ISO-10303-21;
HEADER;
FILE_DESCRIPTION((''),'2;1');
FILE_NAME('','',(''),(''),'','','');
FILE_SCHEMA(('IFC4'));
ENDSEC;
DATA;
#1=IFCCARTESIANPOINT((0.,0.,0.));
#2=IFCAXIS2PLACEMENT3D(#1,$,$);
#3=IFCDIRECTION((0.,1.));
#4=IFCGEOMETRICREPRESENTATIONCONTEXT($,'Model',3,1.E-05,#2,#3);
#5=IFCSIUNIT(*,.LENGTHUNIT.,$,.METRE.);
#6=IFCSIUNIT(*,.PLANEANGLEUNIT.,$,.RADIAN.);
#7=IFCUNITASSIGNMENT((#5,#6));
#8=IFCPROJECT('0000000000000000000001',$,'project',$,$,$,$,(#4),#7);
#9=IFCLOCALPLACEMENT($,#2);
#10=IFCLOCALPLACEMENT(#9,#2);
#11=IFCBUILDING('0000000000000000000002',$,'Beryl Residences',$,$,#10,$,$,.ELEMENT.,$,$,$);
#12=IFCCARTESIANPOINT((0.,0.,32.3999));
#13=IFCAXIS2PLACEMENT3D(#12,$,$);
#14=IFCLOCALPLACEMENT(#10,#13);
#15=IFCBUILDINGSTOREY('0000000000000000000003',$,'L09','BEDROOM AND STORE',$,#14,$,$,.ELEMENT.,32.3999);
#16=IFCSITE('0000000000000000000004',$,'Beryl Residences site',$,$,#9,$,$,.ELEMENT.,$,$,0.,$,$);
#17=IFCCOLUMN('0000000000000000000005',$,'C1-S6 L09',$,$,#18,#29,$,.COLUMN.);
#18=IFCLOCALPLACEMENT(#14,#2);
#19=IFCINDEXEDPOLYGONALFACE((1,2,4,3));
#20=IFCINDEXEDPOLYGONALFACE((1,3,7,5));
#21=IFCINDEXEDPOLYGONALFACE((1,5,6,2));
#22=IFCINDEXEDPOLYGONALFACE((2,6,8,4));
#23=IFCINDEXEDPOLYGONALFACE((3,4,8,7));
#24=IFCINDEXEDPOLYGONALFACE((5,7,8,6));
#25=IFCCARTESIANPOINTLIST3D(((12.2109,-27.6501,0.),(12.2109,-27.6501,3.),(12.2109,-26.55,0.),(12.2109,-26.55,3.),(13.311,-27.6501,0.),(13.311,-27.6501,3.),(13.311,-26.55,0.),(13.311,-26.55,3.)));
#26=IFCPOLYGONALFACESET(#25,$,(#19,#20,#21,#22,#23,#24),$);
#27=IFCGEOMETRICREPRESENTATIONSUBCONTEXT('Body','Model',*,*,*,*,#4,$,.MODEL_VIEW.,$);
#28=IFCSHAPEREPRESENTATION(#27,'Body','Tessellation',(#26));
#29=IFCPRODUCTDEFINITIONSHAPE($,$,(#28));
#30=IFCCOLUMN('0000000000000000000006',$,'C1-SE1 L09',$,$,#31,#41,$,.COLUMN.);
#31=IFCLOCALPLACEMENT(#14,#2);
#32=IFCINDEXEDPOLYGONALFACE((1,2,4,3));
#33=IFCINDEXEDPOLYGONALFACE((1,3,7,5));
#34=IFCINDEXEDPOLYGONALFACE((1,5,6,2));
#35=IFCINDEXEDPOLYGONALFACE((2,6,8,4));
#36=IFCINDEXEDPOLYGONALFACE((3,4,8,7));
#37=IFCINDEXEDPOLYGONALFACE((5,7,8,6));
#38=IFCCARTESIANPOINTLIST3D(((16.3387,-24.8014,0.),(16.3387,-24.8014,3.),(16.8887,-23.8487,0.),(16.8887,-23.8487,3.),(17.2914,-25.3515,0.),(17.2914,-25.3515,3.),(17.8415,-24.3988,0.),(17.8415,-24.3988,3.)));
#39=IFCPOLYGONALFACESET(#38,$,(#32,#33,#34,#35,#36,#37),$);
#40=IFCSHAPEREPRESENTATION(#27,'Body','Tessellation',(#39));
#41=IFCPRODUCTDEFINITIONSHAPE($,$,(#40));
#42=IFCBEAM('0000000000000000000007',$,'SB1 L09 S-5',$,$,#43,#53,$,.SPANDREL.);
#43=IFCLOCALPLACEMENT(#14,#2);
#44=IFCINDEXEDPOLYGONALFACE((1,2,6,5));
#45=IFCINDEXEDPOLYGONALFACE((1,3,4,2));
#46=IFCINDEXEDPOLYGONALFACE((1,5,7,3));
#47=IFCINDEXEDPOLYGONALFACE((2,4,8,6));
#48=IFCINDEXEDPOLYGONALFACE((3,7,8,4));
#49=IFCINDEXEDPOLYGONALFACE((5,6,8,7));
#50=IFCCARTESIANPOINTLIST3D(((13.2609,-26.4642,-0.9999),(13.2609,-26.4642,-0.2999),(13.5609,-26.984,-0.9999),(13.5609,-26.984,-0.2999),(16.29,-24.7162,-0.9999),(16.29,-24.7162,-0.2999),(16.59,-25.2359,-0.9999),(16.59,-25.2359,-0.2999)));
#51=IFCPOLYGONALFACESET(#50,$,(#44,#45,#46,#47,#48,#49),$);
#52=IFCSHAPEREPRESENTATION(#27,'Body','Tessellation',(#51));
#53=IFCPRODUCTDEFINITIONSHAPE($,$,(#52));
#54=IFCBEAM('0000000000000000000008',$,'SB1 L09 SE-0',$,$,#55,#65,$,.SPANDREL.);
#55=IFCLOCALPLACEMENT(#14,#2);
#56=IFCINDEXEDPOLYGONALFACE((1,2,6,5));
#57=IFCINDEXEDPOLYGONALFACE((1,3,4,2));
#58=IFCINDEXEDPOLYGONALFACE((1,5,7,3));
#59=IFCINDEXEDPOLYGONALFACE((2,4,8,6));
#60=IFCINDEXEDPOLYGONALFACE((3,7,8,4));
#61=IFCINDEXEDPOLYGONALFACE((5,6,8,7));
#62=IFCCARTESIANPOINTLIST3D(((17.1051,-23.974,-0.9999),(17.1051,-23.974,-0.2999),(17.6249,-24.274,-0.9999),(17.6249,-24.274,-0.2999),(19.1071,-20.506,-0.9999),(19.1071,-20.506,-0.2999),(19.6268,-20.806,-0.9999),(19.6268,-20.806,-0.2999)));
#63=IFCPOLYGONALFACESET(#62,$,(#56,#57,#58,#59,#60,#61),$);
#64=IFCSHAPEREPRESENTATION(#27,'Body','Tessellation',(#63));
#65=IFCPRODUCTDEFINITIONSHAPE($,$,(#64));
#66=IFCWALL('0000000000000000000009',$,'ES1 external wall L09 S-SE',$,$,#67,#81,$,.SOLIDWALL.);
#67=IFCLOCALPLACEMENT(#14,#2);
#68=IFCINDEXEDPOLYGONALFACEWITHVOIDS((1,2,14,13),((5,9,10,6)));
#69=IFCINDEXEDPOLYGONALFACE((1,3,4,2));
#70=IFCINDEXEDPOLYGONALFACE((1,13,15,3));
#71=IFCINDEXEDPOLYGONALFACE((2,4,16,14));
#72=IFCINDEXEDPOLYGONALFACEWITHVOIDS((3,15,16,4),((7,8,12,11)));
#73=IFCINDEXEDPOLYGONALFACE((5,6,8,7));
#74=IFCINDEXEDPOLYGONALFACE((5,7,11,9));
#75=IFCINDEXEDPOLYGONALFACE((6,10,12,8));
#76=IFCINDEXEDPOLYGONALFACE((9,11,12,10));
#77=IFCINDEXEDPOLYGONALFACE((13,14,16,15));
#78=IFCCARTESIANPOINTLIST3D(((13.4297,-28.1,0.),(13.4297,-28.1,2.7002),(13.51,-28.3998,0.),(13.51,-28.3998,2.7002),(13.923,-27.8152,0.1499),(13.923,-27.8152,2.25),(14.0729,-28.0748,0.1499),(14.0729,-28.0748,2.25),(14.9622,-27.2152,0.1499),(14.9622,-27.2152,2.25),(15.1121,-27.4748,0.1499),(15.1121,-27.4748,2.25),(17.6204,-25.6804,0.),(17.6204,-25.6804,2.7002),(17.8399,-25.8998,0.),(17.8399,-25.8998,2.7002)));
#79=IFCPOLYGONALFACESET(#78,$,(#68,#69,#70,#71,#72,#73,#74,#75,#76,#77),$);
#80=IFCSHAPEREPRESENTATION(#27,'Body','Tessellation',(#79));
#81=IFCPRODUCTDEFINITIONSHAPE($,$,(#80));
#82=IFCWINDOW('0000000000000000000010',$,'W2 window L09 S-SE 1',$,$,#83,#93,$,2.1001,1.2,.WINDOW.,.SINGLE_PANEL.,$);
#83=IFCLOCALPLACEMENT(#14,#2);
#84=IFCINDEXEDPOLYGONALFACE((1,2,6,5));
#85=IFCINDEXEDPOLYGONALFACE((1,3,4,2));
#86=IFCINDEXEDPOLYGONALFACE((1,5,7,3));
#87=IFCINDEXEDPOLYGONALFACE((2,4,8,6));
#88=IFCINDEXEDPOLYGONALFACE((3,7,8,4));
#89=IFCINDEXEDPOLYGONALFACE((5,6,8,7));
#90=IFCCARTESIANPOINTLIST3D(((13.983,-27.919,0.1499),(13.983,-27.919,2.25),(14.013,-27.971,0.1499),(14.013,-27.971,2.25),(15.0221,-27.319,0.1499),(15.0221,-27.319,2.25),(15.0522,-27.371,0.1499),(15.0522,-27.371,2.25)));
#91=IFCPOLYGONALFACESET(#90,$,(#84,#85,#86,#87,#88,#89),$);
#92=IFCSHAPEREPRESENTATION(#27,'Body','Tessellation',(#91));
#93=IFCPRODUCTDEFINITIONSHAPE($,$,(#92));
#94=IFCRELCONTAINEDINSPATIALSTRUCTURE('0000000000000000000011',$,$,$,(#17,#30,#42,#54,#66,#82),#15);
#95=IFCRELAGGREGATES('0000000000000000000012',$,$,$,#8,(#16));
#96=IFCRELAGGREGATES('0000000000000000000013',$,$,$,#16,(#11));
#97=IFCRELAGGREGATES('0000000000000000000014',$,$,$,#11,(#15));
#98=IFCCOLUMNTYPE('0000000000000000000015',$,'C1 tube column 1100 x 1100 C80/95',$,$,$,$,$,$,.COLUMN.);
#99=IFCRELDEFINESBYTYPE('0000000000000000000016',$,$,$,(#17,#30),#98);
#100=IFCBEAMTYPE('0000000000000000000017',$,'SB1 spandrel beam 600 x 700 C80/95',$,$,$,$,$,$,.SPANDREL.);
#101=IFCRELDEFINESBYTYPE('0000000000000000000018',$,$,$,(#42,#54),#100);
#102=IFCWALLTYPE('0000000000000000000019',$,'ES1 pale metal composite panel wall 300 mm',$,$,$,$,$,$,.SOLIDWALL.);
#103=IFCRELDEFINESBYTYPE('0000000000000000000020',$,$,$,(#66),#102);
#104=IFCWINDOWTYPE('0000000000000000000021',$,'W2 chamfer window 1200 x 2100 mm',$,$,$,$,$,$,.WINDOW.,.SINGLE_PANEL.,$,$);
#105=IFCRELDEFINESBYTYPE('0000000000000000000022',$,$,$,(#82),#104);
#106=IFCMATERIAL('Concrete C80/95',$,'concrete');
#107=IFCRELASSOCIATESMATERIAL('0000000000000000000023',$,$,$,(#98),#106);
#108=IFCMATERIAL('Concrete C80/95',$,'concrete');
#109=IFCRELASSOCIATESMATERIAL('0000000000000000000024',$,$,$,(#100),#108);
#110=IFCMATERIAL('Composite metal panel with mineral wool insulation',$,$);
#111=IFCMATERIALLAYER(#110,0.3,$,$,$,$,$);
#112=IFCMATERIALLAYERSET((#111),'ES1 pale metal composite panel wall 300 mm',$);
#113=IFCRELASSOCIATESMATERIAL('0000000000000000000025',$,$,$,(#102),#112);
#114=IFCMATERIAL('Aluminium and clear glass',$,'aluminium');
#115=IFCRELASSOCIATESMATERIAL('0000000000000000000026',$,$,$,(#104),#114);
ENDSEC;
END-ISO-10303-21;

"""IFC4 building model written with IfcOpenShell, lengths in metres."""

from ifc_helpers import new_model, si_unit, direction, frame, frame_2d, origin, origin_2d, place, context, subcontext, project, spatial, polyline, rectangle, outline, extrude, material, layer, layer_set, material_profile, profile_set, type_object, element, fill, save


model = new_model("IFC4")

# Units and contexts
model_context = context("Model", 3, precision=1e-05, world=origin(), true_north=direction((0.0, 1.0)))
body_context = subcontext(model_context, "Body", "Model", "MODEL_VIEW")
ifc_project = project(units=[si_unit("LENGTHUNIT", "METRE"), si_unit("PLANEANGLEUNIT", "RADIAN")], contexts=[model_context])

# Site, building, storey
site_placement = place(None, origin())
site = spatial("IfcSite", under=ifc_project, at=site_placement, Name="Beryl Residences site", CompositionType="ELEMENT", RefElevation=0.0)
building_placement = place(site_placement, origin())
building = spatial("IfcBuilding", under=site, at=building_placement, Name="Beryl Residences", CompositionType="ELEMENT")
storey_placement = place(building_placement, frame((0.0, 0.0, 32.3999)))
storey = spatial("IfcBuildingStorey", under=building, at=storey_placement, Name="L09", Description="BEDROOM AND STORE", CompositionType="ELEMENT", Elevation=32.3999)

# Columns
ifc_material_1 = material(Name="Concrete C80/95", Category="concrete")
ifc_material_profile_1 = material_profile(ifc_material_1, rectangle(XDim=1.1001, YDim=1.1001, at=origin_2d()))
ifc_profile_set_1 = profile_set([ifc_material_profile_1], Name="Concrete C80/95")
column_type = type_object("IfcColumnType", Name="C1 tube column 1100 x 1100 C80/95", PredefinedType="COLUMN", material=ifc_profile_set_1)
for number, where, z_axis, x_axis, name in (
    (1, (12.761, -27.1001, 0.0), (0.0, 0.0, 1.0), (1.0, 0.0, 0.0), "C1-S6 L09"),
    (2, (17.0901, -24.6001, 0.0), (0.0, 0.0, 1.0), (0.499985, 0.866034, 0.0), "C1-SE1 L09"),
):
    element("IfcColumn", number, at=place(storey_placement, frame(where, z_axis=z_axis, x_axis=x_axis)), inside=storey, type_object=column_type, Name=name, PredefinedType="COLUMN", context=body_context, shape_type="SweptSolid", body=[
        extrude(rectangle(XDim=1.1001, YDim=1.1001, at=origin_2d()), origin(), (0.0, 0.0, 1.0), 3.0),
    ])

# Beams
ifc_material_2 = material(Name="Concrete C80/95", Category="concrete")
ifc_material_profile_2 = material_profile(ifc_material_2, rectangle(XDim=0.6001, YDim=0.7, at=origin_2d()))
ifc_profile_set_2 = profile_set([ifc_material_profile_2], Name="Concrete C80/95")
beam_type = type_object("IfcBeamType", Name="SB1 spandrel beam 600 x 700 C80/95", PredefinedType="SPANDREL", material=ifc_profile_set_2)
beam_1_placement = place(storey_placement, frame((13.4109, -26.7241, -0.6499), z_axis=(0.866122, 0.499833, 0.0), x_axis=(-0.499833, 0.866122, 0.0)))
element("IfcBeam", 3, at=beam_1_placement, inside=storey, type_object=beam_type, Name="SB1 L09 S-5", PredefinedType="SPANDREL", context=body_context, shape_type="SweptSolid", body=[
    extrude(rectangle(XDim=0.6001, YDim=0.7, at=origin_2d()), origin(), (0.0, 0.0, 1.0), 3.4973),
])
beam_2_placement = place(storey_placement, frame((17.365, -24.124, -0.6499), z_axis=(0.499942, 0.866059, 0.0), x_axis=(-0.866059, 0.499942, 0.0)))
element("IfcBeam", 4, at=beam_2_placement, inside=storey, type_object=beam_type, Name="SB1 L09 SE-0", PredefinedType="SPANDREL", context=body_context, shape_type="SweptSolid", body=[
    extrude(rectangle(XDim=0.6001, YDim=0.7, at=origin_2d()), origin(), (0.0, 0.0, 1.0), 4.0044),
])

# Wall, opening, window
ifc_material_3 = material(Name="Composite metal panel with mineral wool insulation")
ifc_layer_1 = layer(ifc_material_3, 0.3)
ifc_layer_set_1 = layer_set([ifc_layer_1], Name="ES1 pale metal composite panel wall 300 mm")
wall_type_1 = type_object("IfcWallType", Name="ES1 pale metal composite panel wall 300 mm", PredefinedType="SOLIDWALL", material=ifc_layer_set_1)
wall_1_placement = place(storey_placement, frame((13.4351, -28.27, 0.0), z_axis=(0.0, 0.0, 1.0), x_axis=(0.866011, 0.500025, 0.0)))
wall_1 = element("IfcWall", 5, at=wall_1_placement, inside=storey, type_object=wall_type_1, Name="ES1 external wall L09 S-SE", PredefinedType="SOLIDWALL", context=body_context, shape_type="SweptSolid", body=[
    extrude(outline(polyline([(0.0, -0.1499), (4.9998, -0.1499), (4.9194, 0.1499), (0.0803, 0.1499), (0.0, -0.1499)])), origin(), (0.0, 0.0, 1.0), 2.7002),
])
opening_1_placement = place(wall_1_placement, frame((0.6499, 0.0, 0.1499)))
opening_1 = element("IfcOpeningElement", 6, at=opening_1_placement, cuts=wall_1, PredefinedType="OPENING", context=body_context, shape_type="SweptSolid", body=[
    extrude(rectangle(XDim=1.2, YDim=2.1001, at=frame_2d((0.6001, 1.05))), frame((0.0, 0.1599, 0.0), z_axis=(0.0, -1.0, 0.0), x_axis=(1.0, 0.0, 0.0)), (0.0, 0.0, 1.0), 0.3201),
])
ifc_material_4 = material(Name="Aluminium and clear glass", Category="aluminium")
window_type_1 = type_object("IfcWindowType", Name="W2 chamfer window 1200 x 2100 mm", PartitioningType="SINGLE_PANEL", PredefinedType="WINDOW", material=ifc_material_4)
window_1_placement = place(opening_1_placement, origin())
window_1 = element("IfcWindow", 7, at=window_1_placement, inside=storey, type_object=window_type_1, Name="W2 window L09 S-SE 1", OverallHeight=2.1001, OverallWidth=1.2, PartitioningType="SINGLE_PANEL", PredefinedType="WINDOW", context=body_context, shape_type="SweptSolid", body=[
    extrude(rectangle(XDim=1.2, YDim=2.1001, at=frame_2d((0.6001, 1.05))), frame((0.0, 0.03, 0.0), z_axis=(0.0, -1.0, 0.0), x_axis=(1.0, 0.0, 0.0)), (0.0, 0.0, 1.0), 0.0601),
])
fill(opening_1, window_1)

save(model, "model.ifc")
